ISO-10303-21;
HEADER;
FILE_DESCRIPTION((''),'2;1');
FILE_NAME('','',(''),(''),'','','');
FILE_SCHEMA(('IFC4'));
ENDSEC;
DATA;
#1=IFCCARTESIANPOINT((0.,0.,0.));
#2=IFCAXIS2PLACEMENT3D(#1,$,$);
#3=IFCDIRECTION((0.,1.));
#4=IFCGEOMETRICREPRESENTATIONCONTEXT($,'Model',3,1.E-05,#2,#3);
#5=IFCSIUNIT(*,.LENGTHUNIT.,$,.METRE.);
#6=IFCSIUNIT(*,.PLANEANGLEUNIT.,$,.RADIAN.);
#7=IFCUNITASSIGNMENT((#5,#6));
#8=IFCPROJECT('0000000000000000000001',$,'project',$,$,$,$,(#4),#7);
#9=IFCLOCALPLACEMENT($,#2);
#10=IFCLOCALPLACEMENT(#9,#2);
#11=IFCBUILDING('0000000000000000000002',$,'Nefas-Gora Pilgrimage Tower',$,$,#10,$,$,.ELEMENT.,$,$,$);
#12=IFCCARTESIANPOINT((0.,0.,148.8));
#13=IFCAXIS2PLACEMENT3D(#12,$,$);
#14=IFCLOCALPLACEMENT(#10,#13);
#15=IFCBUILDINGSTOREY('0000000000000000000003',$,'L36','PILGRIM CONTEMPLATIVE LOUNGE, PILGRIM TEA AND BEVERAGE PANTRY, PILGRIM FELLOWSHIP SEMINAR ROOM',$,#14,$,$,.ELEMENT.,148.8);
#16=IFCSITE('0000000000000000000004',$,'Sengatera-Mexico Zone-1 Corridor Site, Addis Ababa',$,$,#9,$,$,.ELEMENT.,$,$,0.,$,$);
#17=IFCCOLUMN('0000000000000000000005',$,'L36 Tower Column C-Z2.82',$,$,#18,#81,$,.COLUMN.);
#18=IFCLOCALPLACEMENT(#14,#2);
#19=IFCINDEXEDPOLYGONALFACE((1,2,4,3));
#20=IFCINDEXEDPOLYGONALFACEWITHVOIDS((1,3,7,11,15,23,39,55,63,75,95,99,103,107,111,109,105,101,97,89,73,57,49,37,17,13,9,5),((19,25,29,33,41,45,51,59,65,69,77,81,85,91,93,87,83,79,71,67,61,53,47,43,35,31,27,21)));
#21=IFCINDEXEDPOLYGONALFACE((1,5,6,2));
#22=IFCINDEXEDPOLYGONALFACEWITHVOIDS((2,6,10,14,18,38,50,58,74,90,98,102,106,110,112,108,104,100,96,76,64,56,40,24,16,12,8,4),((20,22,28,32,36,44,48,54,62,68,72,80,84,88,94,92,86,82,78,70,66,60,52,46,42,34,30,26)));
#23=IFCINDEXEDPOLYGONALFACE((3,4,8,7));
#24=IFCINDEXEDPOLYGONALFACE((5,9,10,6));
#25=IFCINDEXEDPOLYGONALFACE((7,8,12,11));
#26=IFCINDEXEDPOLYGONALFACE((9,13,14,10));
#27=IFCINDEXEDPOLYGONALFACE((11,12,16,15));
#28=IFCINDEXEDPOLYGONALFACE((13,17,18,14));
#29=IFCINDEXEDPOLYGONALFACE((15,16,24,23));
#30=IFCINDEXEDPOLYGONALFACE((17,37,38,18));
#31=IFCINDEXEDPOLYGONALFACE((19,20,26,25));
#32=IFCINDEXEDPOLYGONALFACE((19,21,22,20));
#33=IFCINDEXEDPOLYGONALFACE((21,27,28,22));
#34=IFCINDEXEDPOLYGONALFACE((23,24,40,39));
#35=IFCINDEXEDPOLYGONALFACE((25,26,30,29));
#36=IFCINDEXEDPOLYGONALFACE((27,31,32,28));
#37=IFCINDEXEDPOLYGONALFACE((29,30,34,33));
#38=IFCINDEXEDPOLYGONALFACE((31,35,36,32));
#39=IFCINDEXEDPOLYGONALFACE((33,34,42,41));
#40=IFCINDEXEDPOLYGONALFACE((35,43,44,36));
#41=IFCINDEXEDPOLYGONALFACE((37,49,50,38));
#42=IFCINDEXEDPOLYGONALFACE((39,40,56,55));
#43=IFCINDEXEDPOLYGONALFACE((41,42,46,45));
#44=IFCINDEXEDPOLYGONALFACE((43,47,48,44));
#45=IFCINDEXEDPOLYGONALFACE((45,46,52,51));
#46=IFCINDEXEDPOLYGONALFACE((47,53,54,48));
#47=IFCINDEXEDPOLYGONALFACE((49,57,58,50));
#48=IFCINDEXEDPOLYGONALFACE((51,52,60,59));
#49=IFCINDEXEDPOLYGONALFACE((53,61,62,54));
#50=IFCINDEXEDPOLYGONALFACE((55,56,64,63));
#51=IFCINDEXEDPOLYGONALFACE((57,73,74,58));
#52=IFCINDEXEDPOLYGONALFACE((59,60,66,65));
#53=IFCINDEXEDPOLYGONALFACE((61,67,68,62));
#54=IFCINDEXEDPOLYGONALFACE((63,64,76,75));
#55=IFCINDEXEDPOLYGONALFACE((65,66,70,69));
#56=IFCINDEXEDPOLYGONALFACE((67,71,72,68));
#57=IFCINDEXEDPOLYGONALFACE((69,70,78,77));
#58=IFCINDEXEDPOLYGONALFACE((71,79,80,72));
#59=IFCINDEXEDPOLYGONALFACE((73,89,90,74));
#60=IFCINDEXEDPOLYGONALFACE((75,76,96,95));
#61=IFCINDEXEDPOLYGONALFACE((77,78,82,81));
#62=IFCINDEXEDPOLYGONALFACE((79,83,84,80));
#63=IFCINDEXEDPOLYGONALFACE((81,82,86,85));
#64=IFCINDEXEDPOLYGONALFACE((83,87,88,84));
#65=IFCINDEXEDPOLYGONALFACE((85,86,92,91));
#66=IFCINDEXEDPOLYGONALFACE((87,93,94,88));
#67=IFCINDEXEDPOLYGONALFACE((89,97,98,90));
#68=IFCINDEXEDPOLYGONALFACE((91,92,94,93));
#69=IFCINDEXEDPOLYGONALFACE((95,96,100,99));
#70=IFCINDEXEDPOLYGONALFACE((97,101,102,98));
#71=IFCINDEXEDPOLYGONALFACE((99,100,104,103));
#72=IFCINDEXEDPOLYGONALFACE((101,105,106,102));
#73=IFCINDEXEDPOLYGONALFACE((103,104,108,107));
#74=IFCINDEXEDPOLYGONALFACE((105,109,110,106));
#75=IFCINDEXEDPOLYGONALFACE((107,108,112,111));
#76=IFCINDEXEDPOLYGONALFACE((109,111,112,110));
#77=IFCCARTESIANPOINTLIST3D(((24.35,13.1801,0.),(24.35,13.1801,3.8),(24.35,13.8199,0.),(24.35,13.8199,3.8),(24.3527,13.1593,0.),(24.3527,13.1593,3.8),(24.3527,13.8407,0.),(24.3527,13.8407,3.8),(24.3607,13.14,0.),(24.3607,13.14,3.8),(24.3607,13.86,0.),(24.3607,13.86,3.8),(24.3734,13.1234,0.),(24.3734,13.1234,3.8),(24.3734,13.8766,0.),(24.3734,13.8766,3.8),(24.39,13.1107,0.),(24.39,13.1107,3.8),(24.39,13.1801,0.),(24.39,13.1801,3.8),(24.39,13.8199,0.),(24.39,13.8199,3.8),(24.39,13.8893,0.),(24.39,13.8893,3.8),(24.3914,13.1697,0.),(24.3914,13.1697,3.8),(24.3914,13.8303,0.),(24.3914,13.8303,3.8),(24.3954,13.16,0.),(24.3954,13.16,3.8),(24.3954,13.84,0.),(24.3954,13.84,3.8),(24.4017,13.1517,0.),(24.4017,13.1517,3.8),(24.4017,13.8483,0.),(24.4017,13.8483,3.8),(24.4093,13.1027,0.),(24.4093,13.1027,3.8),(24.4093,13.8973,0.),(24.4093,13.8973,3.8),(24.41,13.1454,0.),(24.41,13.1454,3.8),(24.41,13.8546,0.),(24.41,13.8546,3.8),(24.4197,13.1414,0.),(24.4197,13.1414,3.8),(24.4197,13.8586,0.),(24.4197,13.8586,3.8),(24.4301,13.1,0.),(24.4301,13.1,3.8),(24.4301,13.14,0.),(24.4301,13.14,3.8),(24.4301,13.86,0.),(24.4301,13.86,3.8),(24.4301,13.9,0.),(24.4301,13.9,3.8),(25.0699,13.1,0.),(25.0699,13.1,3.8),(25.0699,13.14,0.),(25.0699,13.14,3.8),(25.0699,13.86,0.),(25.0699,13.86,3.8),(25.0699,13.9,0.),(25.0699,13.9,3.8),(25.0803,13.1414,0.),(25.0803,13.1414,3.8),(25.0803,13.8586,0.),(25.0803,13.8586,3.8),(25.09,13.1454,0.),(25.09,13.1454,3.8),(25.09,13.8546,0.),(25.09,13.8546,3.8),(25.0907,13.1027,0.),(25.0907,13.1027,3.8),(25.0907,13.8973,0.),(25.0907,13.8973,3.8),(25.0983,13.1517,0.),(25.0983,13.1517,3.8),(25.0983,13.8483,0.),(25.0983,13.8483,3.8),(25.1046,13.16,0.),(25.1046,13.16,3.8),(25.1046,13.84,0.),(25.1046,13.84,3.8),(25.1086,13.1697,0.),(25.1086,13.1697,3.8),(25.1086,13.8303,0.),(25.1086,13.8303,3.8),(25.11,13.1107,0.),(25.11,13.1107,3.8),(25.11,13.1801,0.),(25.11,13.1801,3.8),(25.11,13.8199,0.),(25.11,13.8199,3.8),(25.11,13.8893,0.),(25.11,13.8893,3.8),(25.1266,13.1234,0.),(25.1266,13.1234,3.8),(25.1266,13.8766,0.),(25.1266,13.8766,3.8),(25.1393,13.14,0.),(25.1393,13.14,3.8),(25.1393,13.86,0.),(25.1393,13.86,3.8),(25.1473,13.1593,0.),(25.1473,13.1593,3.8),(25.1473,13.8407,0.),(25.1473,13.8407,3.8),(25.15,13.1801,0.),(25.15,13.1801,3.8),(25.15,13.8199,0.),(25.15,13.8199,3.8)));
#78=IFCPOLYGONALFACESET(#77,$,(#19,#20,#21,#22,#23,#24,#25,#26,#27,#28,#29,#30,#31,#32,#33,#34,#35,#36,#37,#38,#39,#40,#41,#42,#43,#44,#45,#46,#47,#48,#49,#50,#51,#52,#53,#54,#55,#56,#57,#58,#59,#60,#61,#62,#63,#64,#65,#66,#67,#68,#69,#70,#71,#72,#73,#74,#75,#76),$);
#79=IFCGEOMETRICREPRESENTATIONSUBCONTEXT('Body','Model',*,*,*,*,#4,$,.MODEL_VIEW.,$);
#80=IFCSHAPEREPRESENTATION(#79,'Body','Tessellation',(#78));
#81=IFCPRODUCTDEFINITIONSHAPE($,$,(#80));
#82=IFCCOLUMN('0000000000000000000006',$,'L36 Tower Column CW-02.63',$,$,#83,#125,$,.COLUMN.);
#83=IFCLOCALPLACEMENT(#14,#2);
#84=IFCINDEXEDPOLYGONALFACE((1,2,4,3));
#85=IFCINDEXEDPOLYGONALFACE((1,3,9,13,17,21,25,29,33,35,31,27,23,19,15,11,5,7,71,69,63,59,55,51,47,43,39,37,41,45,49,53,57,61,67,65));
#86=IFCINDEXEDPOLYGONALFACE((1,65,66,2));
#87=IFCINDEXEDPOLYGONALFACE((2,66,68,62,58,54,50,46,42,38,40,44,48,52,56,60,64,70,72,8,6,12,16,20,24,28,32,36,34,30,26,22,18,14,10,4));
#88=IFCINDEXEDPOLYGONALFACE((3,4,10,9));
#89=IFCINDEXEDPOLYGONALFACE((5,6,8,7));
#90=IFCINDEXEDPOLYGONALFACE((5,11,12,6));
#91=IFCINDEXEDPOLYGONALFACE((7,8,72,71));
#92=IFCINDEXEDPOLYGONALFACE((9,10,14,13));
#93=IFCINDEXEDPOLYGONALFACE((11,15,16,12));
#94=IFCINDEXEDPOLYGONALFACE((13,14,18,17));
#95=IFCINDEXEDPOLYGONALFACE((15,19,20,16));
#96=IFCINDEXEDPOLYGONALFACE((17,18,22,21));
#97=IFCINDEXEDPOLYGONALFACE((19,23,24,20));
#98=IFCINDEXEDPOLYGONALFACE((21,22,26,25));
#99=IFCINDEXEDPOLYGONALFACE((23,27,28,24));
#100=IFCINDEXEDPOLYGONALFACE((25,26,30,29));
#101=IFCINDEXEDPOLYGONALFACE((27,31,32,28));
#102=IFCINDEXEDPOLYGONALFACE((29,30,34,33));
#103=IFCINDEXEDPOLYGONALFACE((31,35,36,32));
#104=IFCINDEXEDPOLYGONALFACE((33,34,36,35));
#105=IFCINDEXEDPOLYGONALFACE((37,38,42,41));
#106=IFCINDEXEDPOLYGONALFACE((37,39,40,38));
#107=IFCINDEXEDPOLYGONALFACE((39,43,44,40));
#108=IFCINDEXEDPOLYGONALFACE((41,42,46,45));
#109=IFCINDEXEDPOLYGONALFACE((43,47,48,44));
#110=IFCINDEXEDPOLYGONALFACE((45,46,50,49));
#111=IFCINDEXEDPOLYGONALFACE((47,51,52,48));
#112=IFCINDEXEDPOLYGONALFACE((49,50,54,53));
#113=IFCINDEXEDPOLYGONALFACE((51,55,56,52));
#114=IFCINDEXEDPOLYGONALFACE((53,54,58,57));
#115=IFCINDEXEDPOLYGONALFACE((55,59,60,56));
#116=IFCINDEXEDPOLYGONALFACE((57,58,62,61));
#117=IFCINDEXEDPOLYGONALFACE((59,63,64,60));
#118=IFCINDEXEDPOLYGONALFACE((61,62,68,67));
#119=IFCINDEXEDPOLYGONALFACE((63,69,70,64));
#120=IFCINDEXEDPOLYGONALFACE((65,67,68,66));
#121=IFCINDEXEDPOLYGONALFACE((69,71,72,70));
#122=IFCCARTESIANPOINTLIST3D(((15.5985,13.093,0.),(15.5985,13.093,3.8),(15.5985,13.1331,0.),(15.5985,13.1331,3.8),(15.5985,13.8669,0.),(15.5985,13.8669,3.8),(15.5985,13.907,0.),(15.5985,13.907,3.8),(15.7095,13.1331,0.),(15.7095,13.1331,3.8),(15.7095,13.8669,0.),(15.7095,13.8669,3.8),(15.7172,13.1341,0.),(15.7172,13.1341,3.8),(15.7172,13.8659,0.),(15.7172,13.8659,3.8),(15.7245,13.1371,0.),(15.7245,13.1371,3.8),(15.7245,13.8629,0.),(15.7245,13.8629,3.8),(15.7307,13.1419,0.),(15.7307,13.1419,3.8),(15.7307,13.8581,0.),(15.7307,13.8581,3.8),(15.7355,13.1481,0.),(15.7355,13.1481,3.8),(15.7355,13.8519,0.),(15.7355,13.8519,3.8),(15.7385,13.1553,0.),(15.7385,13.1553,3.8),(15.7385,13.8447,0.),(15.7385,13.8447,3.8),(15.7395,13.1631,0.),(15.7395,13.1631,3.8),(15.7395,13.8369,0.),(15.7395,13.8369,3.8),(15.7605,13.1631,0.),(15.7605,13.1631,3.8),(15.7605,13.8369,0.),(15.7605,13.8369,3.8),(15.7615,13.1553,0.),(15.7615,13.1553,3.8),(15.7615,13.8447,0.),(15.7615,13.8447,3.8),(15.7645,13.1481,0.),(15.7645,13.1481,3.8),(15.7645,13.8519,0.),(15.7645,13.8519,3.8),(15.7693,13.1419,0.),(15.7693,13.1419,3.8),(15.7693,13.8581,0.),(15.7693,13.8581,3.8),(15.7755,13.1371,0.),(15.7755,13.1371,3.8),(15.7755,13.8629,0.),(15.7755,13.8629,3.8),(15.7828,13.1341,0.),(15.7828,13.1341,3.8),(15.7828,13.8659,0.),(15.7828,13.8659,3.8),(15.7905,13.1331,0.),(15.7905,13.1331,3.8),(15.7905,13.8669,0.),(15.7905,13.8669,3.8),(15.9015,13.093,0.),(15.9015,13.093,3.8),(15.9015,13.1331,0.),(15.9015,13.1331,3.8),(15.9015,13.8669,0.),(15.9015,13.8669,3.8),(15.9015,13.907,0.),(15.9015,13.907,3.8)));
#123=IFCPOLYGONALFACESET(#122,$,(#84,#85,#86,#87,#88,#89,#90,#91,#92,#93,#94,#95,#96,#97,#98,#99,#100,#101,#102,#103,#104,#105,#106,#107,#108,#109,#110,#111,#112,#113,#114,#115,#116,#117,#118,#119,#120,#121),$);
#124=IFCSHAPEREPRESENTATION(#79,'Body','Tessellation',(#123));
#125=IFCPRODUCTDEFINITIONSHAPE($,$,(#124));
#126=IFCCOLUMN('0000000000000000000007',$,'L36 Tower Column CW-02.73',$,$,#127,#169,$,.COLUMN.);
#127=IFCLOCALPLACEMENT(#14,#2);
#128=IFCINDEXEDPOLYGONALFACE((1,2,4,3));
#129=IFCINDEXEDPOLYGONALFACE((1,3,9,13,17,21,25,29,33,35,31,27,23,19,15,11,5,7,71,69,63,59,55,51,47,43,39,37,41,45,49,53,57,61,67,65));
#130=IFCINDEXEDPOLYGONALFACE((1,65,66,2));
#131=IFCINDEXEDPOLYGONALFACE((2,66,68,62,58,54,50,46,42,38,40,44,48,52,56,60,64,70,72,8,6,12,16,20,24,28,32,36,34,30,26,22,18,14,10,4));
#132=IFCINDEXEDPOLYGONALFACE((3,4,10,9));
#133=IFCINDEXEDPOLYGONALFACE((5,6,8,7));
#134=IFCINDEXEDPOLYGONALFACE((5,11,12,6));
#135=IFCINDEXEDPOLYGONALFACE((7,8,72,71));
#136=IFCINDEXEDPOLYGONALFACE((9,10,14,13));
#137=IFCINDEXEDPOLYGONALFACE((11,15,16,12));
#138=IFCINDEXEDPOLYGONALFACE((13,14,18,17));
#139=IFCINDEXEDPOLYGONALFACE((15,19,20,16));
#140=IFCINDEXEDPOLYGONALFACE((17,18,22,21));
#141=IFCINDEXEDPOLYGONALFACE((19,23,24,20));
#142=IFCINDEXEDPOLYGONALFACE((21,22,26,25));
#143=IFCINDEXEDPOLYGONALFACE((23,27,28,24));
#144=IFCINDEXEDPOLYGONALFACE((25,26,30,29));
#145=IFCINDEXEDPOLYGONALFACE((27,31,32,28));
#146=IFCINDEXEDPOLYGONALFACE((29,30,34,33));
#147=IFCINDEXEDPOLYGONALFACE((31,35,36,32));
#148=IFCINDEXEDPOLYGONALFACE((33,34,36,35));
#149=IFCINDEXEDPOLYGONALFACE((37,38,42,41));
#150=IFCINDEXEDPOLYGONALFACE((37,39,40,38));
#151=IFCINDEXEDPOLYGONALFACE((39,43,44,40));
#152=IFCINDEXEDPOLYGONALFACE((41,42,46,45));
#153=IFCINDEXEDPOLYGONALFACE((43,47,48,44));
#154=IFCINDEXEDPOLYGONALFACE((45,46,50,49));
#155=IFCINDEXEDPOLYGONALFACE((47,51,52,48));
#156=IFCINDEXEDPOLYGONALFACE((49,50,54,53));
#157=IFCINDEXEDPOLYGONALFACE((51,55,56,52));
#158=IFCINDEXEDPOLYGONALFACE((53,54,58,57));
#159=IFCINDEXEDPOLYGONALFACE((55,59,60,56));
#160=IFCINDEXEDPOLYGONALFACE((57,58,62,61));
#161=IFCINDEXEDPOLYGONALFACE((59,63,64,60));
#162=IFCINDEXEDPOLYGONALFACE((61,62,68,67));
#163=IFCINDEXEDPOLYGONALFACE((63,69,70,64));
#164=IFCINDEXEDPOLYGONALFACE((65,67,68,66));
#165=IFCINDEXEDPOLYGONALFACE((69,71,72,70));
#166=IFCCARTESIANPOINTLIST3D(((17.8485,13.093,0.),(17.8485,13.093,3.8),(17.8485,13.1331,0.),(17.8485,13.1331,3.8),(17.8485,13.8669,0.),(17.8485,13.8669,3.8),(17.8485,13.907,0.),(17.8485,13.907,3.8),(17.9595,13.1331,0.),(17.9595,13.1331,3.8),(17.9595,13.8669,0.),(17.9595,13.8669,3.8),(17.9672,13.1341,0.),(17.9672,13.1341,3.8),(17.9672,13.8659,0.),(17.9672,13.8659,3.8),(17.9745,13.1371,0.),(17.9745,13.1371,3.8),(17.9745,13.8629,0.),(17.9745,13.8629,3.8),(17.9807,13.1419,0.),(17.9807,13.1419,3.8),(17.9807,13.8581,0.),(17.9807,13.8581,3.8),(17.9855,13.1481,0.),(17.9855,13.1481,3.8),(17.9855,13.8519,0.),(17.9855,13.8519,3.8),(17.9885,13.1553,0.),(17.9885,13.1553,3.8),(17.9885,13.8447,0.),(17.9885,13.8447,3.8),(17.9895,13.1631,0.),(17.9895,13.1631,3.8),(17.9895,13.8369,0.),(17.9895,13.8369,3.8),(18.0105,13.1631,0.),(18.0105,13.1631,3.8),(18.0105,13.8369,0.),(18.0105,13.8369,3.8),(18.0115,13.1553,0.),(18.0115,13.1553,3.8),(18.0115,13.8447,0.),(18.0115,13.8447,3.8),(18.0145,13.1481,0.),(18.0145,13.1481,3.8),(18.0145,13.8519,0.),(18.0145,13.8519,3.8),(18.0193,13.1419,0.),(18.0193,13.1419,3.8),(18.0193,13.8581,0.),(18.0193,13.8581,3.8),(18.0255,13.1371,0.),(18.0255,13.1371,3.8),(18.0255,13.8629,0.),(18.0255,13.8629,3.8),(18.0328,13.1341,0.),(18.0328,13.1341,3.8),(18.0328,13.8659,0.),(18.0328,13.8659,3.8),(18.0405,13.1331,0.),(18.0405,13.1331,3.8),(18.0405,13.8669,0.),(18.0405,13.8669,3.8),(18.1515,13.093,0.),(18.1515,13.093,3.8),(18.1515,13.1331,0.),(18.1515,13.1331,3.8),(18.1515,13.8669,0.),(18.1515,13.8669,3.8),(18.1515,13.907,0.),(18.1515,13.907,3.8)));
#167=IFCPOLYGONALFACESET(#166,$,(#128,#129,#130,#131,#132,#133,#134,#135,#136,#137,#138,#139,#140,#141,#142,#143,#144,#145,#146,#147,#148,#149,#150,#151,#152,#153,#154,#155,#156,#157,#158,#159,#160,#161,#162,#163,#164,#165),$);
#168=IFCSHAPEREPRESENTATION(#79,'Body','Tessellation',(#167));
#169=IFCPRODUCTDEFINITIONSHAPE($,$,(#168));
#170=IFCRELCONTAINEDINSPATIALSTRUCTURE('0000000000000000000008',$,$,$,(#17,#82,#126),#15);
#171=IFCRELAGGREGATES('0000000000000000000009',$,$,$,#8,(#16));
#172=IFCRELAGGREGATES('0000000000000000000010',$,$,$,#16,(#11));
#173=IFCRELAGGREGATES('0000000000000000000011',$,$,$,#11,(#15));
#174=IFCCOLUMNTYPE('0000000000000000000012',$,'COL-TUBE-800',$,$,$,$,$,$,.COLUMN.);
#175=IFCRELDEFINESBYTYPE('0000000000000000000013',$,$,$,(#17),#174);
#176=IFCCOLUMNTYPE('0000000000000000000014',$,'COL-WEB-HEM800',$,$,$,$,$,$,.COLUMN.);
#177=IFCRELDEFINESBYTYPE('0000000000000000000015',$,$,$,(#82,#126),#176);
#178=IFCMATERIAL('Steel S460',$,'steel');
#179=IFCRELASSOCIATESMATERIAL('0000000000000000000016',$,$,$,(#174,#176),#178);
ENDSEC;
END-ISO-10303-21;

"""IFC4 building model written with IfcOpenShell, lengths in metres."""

from ifc_helpers import new_model, si_unit, direction, frame, origin, origin_2d, place, context, subcontext, project, spatial, hollow_rectangle, i_section, extrude, source, transform, mapped, material, material_profile, profile_set, type_object, element, save


model = new_model("IFC4")

# Units and contexts
model_context = context("Model", 3, precision=1e-05, world=origin(), true_north=direction((0.0, 1.0)))
body_context = subcontext(model_context, "Body", "Model", "MODEL_VIEW")
ifc_project = project(units=[si_unit("LENGTHUNIT", "METRE"), si_unit("PLANEANGLEUNIT", "RADIAN")], contexts=[model_context])

# Site, building, storey
site_placement = place(None, origin())
site = spatial("IfcSite", under=ifc_project, at=site_placement, Name="Sengatera-Mexico Zone-1 Corridor Site, Addis Ababa", CompositionType="ELEMENT", RefElevation=0.0)
building_placement = place(site_placement, origin())
building = spatial("IfcBuilding", under=site, at=building_placement, Name="Nefas-Gora Pilgrimage Tower", CompositionType="ELEMENT")
storey_placement = place(building_placement, frame((0.0, 0.0, 148.8)))
storey = spatial("IfcBuildingStorey", under=building, at=storey_placement, Name="L36", Description="PILGRIM CONTEMPLATIVE LOUNGE, PILGRIM TEA AND BEVERAGE PANTRY, PILGRIM FELLOWSHIP SEMINAR ROOM", CompositionType="ELEMENT", Elevation=148.8)

# Columns
ifc_material_1 = material(Name="Steel S460", Category="steel")
ifc_material_profile_1 = material_profile(ifc_material_1, hollow_rectangle(XDim=0.8, YDim=0.8, WallThickness=0.04, InnerFilletRadius=0.04, OuterFilletRadius=0.0801, at=origin_2d()), Name="BOX 800x800x40")
ifc_profile_set_1 = profile_set([ifc_material_profile_1], Name="Steel S460")
column_type_1 = type_object("IfcColumnType", Name="COL-TUBE-800", PredefinedType="COLUMN", material=ifc_profile_set_1)
shared_shape_1 = source(origin(), body_context, "Body", "SweptSolid", [
    extrude(hollow_rectangle(XDim=0.8, YDim=0.8, WallThickness=0.04, InnerFilletRadius=0.04, OuterFilletRadius=0.0801, at=origin_2d()), origin(), (0.0, 0.0, 1.0), 3.8),
])
for number, where, z_axis, x_axis, name in (
    (1, (24.75, 13.5, 0.0), (0.0, 0.0, 1.0), (1.0, 0.0, 0.0), "L36 Tower Column C-Z2.82"),
):
    element("IfcColumn", number, at=place(storey_placement, frame(where, z_axis=z_axis, x_axis=x_axis)), inside=storey, type_object=column_type_1, Name=name, PredefinedType="COLUMN", context=body_context, shape_type="MappedRepresentation", body=[
        mapped(shared_shape_1, transform((0.0, 0.0, 0.0), x_axis=(1.0, 0.0, 0.0), y_axis=(0.0, 1.0, 0.0), z_axis=(0.0, 0.0, 1.0), scale=1.0)),
    ])
ifc_material_profile_2 = material_profile(ifc_material_1, i_section(OverallWidth=0.303, OverallDepth=0.814, WebThickness=0.021, FlangeThickness=0.04, FilletRadius=0.03, at=origin_2d()), Name="HEM 800")
ifc_profile_set_2 = profile_set([ifc_material_profile_2], Name="Steel S460")
column_type_2 = type_object("IfcColumnType", Name="COL-WEB-HEM800", PredefinedType="COLUMN", material=ifc_profile_set_2)
shared_shape_2 = source(origin(), body_context, "Body", "SweptSolid", [
    extrude(i_section(OverallWidth=0.303, OverallDepth=0.814, WebThickness=0.021, FlangeThickness=0.04, FilletRadius=0.03, at=origin_2d()), origin(), (0.0, 0.0, 1.0), 3.8),
])
for number, where, z_axis, x_axis, name in (
    (2, (15.75, 13.5, 0.0), (0.0, 0.0, 1.0), (1.0, 0.0, 0.0), "L36 Tower Column CW-02.63"),
    (3, (18.0, 13.5, 0.0), (0.0, 0.0, 1.0), (1.0, 0.0, 0.0), "L36 Tower Column CW-02.73"),
):
    element("IfcColumn", number, at=place(storey_placement, frame(where, z_axis=z_axis, x_axis=x_axis)), inside=storey, type_object=column_type_2, Name=name, PredefinedType="COLUMN", context=body_context, shape_type="MappedRepresentation", body=[
        mapped(shared_shape_2, transform((0.0, 0.0, 0.0), x_axis=(1.0, 0.0, 0.0), y_axis=(0.0, 1.0, 0.0), z_axis=(0.0, 0.0, 1.0), scale=1.0)),
    ])

save(model, "model.ifc")
